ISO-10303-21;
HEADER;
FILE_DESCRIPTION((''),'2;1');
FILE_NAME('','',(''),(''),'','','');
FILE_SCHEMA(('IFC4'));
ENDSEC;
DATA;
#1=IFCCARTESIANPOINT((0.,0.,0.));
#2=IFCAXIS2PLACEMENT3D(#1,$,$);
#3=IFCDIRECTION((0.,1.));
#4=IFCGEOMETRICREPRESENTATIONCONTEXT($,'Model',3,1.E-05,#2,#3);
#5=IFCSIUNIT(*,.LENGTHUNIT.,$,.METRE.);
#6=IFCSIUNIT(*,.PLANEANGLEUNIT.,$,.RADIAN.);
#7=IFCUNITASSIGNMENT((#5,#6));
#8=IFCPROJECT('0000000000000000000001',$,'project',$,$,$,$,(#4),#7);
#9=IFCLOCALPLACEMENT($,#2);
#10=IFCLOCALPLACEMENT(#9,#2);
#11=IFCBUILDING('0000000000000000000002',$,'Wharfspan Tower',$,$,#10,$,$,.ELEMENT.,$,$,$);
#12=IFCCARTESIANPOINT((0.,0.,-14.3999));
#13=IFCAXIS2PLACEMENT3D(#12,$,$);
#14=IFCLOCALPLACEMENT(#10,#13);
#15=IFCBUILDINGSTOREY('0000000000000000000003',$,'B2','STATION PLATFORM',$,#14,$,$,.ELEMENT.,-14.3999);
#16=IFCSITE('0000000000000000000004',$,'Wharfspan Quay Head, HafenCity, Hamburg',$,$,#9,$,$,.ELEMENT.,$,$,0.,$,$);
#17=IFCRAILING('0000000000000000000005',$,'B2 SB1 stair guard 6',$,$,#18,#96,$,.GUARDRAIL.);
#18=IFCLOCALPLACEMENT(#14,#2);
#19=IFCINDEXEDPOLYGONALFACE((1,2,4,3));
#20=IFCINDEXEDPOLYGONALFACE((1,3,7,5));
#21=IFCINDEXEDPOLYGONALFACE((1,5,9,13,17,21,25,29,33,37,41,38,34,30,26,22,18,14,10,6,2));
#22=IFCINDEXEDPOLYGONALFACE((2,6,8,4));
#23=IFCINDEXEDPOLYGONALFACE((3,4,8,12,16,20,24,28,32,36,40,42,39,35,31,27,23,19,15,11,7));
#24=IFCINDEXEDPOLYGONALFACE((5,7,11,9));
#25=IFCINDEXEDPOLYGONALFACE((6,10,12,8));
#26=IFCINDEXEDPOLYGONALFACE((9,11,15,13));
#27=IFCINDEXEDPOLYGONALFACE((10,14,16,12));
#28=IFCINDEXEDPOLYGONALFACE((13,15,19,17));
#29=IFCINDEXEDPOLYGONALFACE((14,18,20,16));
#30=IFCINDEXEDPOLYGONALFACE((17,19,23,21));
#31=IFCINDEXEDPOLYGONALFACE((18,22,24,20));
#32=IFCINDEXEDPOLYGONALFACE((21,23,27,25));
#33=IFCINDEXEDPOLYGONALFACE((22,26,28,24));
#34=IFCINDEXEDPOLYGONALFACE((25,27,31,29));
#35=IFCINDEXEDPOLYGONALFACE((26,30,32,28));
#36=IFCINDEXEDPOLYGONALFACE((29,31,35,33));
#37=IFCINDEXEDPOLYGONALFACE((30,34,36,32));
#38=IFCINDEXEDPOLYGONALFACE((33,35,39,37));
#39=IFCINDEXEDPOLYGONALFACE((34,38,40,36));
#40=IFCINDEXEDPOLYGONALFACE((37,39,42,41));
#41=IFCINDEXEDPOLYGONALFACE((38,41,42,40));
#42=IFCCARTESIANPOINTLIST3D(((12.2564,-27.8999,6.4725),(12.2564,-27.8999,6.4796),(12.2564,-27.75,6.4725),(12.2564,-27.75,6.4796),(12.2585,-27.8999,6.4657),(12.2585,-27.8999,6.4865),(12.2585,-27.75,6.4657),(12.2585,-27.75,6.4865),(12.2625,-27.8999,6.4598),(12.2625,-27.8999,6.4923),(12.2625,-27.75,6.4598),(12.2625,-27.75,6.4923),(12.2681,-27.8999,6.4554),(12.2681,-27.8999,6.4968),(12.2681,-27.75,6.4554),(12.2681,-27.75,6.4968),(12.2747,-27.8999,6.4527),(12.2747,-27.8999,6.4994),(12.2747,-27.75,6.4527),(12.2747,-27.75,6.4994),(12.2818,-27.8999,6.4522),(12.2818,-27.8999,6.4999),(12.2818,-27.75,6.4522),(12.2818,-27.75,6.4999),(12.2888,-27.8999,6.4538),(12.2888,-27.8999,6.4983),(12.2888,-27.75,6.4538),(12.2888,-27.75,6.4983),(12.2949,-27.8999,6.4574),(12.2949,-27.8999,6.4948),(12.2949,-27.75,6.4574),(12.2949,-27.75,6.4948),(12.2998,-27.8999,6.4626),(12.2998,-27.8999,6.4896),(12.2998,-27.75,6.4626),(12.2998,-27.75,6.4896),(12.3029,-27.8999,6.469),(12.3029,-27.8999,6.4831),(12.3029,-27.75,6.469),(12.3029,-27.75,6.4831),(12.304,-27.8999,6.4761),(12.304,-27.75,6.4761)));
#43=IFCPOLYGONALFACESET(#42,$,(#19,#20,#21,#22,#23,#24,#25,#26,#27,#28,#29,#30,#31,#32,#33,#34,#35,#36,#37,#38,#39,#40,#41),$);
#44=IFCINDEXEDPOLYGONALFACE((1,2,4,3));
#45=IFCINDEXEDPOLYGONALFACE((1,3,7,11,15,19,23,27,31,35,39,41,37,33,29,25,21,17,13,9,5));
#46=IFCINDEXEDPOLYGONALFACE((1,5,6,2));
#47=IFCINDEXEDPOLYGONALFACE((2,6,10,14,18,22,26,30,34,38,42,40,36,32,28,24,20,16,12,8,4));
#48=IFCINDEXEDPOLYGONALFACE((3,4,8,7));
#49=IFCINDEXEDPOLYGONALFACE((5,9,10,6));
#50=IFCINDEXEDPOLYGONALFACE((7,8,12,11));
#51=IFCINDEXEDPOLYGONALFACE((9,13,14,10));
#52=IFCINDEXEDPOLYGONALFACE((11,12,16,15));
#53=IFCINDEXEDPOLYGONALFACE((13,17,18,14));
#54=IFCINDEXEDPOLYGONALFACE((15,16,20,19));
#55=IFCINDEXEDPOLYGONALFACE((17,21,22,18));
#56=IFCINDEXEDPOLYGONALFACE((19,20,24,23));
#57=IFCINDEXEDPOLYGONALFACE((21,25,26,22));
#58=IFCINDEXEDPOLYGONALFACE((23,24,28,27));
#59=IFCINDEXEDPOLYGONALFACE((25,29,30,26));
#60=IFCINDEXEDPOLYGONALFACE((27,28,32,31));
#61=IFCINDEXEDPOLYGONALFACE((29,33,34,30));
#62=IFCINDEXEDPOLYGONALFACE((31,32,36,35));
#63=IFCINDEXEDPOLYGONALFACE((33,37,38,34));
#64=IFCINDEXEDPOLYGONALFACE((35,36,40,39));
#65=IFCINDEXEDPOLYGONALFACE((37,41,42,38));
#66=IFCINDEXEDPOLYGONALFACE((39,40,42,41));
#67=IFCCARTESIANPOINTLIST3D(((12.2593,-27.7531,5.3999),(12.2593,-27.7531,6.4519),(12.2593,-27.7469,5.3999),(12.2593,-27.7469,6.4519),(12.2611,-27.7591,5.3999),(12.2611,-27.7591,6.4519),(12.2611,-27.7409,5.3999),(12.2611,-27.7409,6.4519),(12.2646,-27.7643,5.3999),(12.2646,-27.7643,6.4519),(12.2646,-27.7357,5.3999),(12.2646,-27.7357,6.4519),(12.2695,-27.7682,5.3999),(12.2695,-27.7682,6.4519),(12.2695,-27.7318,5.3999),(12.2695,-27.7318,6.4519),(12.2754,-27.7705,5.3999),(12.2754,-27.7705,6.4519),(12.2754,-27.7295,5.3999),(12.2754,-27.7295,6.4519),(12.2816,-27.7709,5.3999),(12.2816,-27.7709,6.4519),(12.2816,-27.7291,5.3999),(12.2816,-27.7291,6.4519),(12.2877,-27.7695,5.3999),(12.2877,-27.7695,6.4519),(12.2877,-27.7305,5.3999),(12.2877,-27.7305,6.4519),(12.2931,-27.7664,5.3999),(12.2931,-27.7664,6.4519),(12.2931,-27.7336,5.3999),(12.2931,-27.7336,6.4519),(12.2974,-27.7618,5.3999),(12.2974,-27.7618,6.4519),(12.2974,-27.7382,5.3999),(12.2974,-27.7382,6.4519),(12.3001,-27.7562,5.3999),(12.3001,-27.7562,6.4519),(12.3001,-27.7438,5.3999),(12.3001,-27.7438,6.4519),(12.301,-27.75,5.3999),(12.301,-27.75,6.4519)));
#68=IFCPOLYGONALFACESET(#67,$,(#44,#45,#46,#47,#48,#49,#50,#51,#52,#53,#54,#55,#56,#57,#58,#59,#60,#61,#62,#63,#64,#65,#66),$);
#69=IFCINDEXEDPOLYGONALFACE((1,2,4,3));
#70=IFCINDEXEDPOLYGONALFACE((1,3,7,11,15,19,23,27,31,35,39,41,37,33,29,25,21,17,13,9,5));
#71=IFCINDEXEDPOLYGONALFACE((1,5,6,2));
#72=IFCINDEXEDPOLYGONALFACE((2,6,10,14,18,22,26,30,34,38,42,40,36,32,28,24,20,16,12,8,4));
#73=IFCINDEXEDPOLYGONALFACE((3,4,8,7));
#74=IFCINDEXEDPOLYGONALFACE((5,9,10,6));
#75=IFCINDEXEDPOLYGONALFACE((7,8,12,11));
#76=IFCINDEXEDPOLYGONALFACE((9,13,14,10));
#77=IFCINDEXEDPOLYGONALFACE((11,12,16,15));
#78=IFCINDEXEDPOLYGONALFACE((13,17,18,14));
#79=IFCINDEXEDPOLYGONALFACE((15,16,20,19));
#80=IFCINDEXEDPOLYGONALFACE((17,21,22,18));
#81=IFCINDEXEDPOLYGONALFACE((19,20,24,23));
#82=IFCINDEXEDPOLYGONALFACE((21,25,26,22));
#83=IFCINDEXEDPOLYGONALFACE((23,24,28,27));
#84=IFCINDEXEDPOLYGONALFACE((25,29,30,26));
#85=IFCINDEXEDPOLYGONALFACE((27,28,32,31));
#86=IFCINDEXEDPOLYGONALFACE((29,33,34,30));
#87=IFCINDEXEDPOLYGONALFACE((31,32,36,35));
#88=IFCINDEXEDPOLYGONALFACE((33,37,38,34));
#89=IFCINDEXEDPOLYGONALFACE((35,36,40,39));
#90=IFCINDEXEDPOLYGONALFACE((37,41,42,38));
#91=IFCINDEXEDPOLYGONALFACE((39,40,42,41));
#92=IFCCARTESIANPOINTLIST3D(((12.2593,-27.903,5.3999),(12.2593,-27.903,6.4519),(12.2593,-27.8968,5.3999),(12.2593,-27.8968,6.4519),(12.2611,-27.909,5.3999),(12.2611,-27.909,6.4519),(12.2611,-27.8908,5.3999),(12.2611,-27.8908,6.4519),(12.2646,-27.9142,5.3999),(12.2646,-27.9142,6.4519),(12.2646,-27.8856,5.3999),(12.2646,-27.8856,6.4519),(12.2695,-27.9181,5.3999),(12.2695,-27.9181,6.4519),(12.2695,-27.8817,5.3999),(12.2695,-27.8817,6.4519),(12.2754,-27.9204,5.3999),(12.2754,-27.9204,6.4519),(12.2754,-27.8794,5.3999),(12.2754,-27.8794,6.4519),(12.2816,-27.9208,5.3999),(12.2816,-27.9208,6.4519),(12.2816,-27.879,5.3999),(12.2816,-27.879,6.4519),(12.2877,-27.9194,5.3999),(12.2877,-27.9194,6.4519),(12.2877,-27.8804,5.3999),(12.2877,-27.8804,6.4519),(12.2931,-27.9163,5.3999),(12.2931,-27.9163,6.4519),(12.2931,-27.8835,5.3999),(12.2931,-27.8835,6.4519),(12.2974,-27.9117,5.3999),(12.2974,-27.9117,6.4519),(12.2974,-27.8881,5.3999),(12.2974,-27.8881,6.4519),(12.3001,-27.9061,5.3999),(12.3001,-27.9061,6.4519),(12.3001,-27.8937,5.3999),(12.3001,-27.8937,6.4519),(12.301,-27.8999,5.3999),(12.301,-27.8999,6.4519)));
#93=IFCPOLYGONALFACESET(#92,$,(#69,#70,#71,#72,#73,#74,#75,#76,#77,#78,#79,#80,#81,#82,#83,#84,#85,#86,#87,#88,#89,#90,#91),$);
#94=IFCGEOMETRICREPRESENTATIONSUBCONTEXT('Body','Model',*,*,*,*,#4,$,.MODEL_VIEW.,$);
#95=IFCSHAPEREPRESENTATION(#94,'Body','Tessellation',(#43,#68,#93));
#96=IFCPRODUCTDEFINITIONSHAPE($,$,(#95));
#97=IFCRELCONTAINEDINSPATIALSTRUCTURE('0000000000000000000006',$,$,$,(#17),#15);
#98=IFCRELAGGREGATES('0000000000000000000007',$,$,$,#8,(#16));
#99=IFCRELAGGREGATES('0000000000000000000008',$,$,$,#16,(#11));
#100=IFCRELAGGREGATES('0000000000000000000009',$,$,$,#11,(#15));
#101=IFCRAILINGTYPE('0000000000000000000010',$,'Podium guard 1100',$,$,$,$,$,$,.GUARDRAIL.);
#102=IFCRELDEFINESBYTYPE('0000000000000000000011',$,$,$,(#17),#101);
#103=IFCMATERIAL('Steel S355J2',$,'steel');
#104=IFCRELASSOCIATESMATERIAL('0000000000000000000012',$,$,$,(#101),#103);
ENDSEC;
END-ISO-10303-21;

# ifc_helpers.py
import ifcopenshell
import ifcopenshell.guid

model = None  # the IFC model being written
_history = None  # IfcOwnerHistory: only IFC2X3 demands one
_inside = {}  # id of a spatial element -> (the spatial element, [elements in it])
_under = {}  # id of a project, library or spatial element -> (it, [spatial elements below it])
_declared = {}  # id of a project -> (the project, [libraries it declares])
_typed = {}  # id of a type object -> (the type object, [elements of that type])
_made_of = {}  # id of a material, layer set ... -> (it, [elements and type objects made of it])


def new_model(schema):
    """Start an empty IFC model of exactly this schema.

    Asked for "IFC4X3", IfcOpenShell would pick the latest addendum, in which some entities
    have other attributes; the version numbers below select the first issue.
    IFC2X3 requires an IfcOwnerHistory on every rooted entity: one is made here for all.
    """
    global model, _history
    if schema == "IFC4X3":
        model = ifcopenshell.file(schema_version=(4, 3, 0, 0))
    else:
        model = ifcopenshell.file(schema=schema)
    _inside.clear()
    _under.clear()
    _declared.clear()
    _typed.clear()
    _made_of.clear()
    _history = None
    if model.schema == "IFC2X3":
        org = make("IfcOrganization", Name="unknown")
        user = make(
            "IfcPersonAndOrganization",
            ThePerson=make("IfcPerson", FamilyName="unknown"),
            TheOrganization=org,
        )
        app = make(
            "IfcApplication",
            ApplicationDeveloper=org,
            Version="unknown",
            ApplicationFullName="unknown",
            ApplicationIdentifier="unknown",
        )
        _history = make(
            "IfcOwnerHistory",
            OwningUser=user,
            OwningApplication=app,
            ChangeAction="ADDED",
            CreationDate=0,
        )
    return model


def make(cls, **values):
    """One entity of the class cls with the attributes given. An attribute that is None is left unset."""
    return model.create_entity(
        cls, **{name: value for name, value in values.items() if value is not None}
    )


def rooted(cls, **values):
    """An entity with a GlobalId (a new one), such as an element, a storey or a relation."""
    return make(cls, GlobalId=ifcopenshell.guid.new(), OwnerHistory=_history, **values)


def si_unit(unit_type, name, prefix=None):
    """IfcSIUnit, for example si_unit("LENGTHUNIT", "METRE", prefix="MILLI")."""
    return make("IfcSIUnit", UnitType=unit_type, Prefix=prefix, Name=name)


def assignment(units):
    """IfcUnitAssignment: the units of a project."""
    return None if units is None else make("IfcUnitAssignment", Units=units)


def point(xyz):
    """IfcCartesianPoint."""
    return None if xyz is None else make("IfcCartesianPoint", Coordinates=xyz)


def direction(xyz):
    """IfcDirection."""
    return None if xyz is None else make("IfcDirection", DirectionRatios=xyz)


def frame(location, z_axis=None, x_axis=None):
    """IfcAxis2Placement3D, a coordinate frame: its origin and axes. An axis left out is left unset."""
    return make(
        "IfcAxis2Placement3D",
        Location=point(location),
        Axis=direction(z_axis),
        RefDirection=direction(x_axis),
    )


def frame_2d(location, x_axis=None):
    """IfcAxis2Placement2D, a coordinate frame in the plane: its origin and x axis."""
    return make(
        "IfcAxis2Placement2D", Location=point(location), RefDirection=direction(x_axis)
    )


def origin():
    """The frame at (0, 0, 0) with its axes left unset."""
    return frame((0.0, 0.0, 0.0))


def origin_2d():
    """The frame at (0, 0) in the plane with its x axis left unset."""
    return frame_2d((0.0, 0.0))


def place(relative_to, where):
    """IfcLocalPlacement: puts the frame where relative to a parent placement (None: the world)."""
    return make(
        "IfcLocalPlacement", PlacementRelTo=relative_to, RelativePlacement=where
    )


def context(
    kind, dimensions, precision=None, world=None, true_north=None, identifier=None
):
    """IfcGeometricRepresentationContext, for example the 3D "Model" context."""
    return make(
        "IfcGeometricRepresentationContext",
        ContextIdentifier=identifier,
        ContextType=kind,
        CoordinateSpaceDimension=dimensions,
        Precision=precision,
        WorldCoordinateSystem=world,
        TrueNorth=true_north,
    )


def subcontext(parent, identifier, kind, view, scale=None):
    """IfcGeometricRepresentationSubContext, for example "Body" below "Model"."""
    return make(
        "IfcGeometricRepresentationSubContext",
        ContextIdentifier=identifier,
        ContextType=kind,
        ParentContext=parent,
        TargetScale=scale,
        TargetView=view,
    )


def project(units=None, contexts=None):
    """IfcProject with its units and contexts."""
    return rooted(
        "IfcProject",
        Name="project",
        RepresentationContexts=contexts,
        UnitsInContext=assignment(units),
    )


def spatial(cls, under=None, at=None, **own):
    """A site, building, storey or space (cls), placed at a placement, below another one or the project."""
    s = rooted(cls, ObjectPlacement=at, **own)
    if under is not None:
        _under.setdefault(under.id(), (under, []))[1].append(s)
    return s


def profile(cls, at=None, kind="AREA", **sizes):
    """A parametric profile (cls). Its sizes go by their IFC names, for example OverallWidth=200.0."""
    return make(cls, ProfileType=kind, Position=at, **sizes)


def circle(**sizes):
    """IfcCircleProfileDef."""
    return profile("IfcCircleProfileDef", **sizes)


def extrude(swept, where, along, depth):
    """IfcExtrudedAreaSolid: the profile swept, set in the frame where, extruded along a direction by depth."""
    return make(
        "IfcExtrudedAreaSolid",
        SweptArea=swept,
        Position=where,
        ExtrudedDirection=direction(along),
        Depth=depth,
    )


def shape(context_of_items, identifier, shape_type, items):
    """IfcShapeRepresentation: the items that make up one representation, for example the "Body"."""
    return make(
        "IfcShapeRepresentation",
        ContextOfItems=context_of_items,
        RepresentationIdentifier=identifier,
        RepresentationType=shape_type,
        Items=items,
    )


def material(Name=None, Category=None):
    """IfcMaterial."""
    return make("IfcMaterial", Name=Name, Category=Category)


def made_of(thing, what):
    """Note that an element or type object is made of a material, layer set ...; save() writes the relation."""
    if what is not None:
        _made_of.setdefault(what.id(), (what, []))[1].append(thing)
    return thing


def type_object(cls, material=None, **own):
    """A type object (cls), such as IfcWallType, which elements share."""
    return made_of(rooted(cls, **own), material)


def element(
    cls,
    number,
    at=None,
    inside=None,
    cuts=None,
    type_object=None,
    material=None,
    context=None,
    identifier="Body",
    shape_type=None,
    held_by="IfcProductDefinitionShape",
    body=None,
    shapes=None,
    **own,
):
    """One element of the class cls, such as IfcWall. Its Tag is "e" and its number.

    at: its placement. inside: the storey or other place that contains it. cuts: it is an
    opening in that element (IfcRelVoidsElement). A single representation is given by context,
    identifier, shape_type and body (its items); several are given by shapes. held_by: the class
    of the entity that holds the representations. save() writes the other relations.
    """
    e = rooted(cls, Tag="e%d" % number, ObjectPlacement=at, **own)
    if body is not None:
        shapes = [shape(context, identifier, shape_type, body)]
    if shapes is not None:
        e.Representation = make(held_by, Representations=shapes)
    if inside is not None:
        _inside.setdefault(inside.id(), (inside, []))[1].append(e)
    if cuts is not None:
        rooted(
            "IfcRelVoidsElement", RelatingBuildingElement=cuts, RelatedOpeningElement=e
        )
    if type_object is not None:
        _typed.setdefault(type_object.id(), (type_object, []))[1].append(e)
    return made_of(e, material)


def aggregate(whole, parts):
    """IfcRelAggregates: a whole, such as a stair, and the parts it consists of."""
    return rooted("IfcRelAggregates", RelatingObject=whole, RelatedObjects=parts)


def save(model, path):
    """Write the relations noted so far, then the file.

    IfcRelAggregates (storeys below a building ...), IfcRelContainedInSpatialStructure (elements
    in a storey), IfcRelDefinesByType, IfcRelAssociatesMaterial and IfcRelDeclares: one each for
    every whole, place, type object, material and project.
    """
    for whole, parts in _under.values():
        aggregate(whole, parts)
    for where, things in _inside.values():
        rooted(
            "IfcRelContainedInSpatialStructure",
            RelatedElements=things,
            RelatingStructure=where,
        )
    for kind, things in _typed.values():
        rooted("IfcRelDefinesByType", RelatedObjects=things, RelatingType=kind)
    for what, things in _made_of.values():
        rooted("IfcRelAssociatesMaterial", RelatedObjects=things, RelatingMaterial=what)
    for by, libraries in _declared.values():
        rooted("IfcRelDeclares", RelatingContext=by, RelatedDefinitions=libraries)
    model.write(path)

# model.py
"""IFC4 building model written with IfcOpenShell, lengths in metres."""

from ifc_helpers import new_model, si_unit, direction, frame, origin, origin_2d, place, context, subcontext, project, spatial, circle, extrude, material, type_object, element, save


model = new_model("IFC4")

# Units and contexts
model_context = context("Model", 3, precision=1e-05, world=origin(), true_north=direction((0.0, 1.0)))
body_context = subcontext(model_context, "Body", "Model", "MODEL_VIEW")
ifc_project = project(units=[si_unit("LENGTHUNIT", "METRE"), si_unit("PLANEANGLEUNIT", "RADIAN")], contexts=[model_context])

# Site, building, storey
site_placement = place(None, origin())
site = spatial("IfcSite", under=ifc_project, at=site_placement, Name="Wharfspan Quay Head, HafenCity, Hamburg", CompositionType="ELEMENT", RefElevation=0.0)
building_placement = place(site_placement, origin())
building = spatial("IfcBuilding", under=site, at=building_placement, Name="Wharfspan Tower", CompositionType="ELEMENT")
storey_placement = place(building_placement, frame((0.0, 0.0, -14.3999)))
storey = spatial("IfcBuildingStorey", under=building, at=storey_placement, Name="B2", Description="STATION PLATFORM", CompositionType="ELEMENT", Elevation=-14.3999)

# Railing
ifc_material_1 = material(Name="Steel S355J2", Category="steel")
railing_type_1 = type_object("IfcRailingType", Name="Podium guard 1100", PredefinedType="GUARDRAIL", material=ifc_material_1)
railing_1_placement = place(storey_placement, frame((12.28, -27.75, 5.3999)))
element("IfcRailing", 1, at=railing_1_placement, inside=storey, type_object=railing_type_1, Name="B2 SB1 stair guard 6", PredefinedType="GUARDRAIL", context=body_context, shape_type="SweptSolid", body=[
    extrude(circle(Radius=0.0239, at=origin_2d()), frame((0.0, 0.0, 1.0762), z_axis=(0.0, -1.0, 0.0), x_axis=(1.0, 0.0, 0.0)), (0.0, 0.0, 1.0), 0.1499),
    extrude(circle(Radius=0.021, at=origin_2d()), origin(), (0.0, 0.0, 1.0), 1.052),
    extrude(circle(Radius=0.021, at=origin_2d()), frame((0.0, -0.1499, 0.0)), (0.0, 0.0, 1.0), 1.052),
])

save(model, "model.ifc")
